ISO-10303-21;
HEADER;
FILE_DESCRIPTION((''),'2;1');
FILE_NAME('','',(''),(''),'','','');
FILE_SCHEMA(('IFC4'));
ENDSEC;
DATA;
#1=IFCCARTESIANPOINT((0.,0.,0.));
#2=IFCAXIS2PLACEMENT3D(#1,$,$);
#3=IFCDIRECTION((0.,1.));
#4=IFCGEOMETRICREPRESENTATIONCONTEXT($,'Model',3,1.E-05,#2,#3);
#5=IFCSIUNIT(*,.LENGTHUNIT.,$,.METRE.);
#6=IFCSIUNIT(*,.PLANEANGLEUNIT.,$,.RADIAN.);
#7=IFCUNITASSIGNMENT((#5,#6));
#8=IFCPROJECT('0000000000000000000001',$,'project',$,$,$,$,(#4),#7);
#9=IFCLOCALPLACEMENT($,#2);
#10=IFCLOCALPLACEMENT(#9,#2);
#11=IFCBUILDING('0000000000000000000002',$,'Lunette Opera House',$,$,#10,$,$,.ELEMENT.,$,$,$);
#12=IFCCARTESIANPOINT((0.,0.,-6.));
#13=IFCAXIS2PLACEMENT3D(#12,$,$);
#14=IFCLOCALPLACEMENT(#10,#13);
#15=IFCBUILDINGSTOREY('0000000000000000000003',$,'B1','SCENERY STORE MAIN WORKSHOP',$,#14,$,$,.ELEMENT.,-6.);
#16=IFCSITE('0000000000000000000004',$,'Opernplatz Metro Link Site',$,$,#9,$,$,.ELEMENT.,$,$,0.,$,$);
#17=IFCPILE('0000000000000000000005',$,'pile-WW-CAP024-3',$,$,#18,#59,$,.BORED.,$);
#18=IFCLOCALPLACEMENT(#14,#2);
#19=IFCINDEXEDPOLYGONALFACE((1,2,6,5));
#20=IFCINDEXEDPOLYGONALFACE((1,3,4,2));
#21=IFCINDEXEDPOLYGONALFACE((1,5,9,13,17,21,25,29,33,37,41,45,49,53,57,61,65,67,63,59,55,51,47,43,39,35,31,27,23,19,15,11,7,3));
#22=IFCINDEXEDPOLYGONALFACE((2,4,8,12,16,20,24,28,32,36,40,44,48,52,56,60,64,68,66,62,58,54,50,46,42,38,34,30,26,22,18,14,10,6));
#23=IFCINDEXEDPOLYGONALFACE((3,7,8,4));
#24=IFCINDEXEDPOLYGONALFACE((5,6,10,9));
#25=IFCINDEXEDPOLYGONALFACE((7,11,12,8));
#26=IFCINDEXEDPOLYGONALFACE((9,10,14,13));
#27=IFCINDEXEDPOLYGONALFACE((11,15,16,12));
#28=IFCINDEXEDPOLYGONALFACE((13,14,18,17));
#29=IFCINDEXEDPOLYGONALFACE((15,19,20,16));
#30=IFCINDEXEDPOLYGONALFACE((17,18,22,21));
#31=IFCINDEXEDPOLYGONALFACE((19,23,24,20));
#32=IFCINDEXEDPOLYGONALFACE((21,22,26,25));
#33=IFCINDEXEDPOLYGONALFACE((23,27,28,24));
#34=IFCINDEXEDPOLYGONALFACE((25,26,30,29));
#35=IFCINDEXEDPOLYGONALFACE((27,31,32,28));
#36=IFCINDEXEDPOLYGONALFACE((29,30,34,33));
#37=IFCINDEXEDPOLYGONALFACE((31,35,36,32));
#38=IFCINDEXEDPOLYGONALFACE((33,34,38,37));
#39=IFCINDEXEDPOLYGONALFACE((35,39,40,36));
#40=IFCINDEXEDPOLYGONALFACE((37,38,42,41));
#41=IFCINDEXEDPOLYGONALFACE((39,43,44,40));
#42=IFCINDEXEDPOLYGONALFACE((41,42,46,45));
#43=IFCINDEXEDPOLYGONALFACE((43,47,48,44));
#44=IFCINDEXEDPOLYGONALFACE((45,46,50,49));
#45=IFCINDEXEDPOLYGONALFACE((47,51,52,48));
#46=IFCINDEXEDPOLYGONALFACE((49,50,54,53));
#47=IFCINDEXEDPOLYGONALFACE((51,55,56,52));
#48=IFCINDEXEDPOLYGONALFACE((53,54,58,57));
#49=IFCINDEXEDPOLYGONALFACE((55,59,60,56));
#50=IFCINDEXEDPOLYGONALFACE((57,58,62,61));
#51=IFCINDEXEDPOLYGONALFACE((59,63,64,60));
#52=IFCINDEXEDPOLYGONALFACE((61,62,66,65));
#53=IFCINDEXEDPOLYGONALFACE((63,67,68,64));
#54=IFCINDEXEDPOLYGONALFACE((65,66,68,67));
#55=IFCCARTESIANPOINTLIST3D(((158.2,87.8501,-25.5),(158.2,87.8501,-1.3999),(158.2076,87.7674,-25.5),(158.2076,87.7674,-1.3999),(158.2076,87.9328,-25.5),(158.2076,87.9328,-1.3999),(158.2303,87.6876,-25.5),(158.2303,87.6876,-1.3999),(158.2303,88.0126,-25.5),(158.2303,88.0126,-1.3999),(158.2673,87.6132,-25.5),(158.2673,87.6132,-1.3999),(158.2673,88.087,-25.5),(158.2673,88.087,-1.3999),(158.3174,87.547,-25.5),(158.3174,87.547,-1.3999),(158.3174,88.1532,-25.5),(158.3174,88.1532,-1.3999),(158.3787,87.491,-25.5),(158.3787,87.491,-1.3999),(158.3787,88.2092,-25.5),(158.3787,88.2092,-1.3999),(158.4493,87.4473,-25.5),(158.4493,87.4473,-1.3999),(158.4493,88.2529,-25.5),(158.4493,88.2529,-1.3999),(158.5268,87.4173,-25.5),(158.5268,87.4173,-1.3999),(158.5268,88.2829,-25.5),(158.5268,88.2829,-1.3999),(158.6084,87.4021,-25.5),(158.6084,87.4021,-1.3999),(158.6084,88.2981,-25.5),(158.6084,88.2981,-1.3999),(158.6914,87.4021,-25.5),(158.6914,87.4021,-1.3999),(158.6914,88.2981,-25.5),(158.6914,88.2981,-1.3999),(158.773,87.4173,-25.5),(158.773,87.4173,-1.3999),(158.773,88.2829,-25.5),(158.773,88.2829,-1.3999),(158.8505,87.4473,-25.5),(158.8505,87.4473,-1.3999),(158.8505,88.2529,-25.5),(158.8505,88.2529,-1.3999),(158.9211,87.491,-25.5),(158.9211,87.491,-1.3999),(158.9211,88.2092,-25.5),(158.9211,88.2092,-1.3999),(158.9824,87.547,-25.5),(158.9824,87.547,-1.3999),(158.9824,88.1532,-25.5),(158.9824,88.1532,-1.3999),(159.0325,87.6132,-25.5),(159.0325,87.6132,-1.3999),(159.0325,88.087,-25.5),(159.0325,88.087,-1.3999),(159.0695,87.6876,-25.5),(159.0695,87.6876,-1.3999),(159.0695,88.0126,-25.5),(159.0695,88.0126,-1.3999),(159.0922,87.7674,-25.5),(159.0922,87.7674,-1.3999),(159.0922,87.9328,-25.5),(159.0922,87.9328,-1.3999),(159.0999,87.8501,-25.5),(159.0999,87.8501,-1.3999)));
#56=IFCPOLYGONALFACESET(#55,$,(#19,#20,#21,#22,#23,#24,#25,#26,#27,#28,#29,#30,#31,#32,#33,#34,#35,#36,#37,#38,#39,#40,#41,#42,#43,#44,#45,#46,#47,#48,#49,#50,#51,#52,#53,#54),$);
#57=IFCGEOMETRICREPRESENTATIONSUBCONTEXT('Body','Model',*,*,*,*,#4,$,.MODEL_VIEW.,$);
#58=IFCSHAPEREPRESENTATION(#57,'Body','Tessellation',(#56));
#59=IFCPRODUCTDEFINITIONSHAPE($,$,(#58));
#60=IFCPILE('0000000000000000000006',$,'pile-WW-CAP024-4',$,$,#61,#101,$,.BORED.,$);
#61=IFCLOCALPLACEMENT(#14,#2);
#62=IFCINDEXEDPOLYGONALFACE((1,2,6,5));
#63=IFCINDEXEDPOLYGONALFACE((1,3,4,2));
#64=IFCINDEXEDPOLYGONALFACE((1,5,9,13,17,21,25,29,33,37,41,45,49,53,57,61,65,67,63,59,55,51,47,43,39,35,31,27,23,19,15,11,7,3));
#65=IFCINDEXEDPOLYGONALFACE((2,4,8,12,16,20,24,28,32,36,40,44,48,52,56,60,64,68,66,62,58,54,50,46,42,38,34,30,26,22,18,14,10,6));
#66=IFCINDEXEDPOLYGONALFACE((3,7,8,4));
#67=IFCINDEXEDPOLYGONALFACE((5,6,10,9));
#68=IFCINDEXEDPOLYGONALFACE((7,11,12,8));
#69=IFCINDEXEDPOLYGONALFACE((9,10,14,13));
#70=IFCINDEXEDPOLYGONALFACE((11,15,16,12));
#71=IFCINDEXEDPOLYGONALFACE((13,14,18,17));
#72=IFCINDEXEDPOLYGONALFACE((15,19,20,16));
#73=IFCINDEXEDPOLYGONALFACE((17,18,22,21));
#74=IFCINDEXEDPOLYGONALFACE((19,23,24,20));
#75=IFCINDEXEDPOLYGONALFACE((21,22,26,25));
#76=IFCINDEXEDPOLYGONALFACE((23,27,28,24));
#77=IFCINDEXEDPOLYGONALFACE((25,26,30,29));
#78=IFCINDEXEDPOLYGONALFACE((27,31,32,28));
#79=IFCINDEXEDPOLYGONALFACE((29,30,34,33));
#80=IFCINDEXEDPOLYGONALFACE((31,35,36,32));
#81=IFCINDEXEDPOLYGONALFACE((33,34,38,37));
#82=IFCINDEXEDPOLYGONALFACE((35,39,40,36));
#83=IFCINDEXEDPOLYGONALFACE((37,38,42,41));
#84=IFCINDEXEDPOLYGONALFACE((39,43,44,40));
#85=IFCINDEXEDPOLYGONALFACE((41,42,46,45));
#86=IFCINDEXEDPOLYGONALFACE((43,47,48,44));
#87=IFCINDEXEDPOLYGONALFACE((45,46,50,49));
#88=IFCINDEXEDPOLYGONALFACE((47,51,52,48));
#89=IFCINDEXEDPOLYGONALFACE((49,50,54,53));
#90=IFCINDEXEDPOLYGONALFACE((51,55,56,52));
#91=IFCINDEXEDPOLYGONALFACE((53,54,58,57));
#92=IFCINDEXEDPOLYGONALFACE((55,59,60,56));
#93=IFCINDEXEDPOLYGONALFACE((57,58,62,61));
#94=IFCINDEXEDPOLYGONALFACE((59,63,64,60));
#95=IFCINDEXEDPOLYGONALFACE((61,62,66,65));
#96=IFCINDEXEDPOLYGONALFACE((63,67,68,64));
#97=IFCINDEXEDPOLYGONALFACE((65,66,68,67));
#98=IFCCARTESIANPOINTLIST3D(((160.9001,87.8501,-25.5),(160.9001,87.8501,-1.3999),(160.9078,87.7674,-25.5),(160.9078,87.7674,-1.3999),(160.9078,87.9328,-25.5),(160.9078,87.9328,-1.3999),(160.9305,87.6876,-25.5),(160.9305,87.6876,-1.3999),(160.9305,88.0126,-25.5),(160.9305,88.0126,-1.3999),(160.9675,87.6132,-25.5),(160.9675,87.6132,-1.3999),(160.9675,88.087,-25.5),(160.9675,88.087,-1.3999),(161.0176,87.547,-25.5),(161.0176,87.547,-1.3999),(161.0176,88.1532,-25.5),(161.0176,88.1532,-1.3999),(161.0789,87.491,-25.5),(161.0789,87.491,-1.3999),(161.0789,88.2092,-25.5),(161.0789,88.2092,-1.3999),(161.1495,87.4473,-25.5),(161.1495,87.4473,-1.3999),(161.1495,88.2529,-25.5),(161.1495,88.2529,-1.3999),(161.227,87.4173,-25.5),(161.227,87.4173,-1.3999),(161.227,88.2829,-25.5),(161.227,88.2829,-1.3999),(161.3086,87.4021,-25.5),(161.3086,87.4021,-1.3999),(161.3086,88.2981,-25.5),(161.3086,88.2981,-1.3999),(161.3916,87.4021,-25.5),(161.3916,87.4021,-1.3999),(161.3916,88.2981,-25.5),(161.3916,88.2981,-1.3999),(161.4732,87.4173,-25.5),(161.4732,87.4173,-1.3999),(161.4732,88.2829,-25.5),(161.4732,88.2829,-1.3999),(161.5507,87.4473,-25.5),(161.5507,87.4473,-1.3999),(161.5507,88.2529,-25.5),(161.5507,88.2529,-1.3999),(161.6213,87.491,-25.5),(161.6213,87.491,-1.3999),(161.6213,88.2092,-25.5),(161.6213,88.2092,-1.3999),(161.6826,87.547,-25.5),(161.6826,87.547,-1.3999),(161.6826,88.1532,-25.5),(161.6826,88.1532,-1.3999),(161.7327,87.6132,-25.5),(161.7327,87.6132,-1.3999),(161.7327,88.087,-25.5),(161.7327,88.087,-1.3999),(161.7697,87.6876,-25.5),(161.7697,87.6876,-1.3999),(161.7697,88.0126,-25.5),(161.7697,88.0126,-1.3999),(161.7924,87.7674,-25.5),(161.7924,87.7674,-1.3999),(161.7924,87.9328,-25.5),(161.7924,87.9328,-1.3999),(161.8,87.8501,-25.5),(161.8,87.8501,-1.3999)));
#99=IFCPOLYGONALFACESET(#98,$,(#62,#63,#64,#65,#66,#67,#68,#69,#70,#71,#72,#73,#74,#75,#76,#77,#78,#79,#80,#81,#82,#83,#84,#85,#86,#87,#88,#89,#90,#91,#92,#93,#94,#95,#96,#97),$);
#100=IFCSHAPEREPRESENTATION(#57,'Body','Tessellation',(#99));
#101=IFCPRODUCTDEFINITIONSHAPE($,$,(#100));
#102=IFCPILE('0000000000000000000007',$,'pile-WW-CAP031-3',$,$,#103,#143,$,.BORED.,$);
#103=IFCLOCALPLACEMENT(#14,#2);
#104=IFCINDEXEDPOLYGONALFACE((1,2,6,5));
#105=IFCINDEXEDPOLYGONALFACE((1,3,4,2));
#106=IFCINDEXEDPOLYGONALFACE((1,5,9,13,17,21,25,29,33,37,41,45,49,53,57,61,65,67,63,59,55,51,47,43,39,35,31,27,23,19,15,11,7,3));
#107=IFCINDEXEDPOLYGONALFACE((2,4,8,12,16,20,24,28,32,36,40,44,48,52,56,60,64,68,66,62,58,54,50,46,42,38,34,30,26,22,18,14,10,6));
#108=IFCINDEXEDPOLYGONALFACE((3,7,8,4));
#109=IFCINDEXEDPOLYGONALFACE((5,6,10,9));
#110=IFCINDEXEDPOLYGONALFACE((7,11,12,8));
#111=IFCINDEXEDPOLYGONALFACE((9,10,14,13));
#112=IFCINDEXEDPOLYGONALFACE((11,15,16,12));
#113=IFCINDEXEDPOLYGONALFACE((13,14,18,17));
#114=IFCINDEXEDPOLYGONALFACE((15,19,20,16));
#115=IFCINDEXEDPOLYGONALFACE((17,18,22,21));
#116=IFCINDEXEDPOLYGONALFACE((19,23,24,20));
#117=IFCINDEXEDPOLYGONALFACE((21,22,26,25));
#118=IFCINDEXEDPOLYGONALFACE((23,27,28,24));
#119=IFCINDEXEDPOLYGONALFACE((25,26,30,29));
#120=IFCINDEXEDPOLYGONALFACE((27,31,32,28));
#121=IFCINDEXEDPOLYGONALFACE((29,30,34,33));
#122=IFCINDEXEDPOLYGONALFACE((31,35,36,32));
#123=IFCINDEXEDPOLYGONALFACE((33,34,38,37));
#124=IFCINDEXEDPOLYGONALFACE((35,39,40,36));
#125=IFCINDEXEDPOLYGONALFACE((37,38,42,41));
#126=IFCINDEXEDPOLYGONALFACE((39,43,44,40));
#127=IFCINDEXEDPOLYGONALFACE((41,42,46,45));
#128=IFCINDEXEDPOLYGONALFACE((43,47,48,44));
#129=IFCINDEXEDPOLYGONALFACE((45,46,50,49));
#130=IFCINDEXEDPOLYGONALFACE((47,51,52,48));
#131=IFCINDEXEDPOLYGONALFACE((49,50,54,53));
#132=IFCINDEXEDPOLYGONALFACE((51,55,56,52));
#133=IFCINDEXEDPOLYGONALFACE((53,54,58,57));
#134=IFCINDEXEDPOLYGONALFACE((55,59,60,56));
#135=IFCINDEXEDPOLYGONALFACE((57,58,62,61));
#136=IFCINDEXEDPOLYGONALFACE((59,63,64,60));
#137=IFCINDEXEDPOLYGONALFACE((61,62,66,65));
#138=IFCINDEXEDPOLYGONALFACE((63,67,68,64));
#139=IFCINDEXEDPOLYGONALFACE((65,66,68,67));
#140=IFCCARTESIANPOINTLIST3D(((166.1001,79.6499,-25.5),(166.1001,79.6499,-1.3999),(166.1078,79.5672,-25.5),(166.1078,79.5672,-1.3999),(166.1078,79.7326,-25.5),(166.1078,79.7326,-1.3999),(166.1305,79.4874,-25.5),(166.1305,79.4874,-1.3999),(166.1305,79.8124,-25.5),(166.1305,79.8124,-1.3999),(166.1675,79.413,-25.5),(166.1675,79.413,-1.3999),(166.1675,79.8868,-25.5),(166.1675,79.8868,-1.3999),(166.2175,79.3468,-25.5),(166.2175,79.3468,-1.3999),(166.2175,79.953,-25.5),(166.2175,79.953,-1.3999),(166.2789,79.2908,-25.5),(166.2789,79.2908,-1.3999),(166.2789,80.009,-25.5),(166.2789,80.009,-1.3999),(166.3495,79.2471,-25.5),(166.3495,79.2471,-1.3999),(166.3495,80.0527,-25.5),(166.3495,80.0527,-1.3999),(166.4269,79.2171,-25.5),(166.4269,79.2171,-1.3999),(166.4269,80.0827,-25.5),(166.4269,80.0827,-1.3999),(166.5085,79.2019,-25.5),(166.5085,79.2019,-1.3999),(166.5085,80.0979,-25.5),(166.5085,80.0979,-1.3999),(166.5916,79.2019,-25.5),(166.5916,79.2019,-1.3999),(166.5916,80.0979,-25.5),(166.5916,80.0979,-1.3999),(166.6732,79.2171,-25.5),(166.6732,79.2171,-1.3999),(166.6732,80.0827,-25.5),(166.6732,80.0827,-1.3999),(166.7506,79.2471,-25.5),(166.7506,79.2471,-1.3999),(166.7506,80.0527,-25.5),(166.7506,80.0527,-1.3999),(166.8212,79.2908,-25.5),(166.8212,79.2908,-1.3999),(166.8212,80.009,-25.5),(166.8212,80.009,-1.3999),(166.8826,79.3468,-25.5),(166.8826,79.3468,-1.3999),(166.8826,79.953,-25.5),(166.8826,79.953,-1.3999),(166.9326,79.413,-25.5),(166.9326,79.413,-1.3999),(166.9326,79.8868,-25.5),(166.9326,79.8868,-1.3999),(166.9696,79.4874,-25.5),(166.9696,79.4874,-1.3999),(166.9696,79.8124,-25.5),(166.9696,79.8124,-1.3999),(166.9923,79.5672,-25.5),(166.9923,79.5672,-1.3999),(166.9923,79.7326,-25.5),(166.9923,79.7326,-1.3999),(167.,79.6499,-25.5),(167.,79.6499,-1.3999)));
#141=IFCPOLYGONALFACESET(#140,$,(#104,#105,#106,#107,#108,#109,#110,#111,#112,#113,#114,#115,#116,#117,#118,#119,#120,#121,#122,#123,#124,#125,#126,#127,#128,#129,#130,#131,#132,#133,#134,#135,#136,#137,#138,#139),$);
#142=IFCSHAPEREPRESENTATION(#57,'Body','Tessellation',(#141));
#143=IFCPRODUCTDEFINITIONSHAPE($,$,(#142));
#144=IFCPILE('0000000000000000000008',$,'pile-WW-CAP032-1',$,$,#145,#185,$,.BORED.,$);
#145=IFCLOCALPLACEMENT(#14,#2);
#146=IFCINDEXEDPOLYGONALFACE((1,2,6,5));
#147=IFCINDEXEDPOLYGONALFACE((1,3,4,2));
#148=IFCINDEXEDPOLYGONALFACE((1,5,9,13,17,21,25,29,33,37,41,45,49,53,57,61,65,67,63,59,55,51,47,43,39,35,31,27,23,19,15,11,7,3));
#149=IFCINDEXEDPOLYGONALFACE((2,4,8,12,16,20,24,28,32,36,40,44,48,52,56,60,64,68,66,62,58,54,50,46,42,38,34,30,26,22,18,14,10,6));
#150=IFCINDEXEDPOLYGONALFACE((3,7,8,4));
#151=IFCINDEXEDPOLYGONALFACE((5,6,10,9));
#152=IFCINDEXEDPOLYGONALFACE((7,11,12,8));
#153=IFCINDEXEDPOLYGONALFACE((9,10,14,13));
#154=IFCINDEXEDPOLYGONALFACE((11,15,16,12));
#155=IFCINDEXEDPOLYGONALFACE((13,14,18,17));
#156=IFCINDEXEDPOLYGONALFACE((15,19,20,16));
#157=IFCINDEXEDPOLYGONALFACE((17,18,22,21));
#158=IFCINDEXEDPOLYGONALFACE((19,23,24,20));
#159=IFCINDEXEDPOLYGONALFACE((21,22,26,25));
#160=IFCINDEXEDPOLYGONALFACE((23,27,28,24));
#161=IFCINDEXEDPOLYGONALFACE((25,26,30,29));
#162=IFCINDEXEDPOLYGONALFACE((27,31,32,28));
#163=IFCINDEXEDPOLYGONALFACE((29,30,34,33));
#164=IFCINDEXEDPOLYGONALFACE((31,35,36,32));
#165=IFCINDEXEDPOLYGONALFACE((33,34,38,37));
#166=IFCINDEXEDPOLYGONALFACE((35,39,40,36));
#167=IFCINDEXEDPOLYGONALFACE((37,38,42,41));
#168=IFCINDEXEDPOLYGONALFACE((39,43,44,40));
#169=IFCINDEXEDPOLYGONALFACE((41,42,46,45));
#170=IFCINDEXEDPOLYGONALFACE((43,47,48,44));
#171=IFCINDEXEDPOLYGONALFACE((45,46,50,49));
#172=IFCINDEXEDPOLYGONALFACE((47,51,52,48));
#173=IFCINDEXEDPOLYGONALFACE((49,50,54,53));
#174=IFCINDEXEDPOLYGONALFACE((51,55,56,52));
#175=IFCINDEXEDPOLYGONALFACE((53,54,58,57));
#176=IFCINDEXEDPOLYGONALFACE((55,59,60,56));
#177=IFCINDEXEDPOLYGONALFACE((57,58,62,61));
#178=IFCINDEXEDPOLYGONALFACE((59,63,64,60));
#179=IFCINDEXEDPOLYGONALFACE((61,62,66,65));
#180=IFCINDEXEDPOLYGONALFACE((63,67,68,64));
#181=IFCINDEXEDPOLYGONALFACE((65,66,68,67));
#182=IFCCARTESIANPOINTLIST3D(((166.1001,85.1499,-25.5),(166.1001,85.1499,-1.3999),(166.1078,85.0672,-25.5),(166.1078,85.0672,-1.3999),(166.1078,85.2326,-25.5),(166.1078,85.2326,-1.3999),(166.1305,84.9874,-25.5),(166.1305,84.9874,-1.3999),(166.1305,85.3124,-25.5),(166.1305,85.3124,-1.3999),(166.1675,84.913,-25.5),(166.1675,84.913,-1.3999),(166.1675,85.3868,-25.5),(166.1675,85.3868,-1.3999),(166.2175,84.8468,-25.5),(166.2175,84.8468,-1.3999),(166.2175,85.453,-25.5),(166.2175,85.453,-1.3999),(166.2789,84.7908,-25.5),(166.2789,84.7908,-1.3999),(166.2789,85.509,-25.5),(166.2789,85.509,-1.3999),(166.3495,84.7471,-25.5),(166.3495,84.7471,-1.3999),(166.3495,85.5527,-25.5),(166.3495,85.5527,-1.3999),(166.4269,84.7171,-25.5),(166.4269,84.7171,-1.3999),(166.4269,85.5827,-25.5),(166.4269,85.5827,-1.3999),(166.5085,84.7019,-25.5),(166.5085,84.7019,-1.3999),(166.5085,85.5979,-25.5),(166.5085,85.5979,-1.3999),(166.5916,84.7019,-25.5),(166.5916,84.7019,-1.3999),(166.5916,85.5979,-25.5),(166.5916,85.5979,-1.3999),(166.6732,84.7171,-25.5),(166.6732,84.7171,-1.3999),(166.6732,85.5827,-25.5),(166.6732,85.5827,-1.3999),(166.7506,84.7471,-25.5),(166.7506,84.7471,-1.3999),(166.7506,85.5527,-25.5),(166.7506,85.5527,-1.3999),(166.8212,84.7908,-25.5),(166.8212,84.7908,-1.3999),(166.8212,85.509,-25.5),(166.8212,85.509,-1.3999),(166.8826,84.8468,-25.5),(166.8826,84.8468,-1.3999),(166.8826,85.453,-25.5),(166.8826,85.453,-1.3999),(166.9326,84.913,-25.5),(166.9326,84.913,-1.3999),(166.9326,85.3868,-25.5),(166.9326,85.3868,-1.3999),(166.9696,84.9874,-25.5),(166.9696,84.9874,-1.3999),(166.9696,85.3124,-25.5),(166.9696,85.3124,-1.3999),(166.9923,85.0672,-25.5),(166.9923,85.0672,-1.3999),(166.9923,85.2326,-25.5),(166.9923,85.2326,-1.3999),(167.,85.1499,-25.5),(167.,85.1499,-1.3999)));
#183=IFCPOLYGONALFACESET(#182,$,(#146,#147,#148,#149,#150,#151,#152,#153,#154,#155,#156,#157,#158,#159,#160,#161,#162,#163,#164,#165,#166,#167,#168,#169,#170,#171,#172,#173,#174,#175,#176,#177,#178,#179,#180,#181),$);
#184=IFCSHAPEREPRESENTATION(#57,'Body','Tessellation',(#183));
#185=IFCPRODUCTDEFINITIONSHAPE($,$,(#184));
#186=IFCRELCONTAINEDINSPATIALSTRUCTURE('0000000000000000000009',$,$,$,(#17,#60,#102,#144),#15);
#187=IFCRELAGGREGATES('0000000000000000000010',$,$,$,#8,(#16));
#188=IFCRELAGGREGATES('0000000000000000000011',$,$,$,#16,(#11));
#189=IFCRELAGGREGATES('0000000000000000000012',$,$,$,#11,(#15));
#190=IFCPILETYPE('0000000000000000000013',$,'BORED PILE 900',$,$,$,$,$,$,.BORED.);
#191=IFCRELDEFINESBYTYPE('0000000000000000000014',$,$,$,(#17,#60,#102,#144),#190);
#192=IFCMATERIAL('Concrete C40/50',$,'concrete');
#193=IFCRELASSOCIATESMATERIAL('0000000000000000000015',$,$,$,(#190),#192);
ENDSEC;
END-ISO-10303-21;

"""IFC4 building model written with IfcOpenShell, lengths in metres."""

from ifc_helpers import new_model, si_unit, direction, frame, origin, origin_2d, place, context, subcontext, project, spatial, circle, extrude, material, material_profile, profile_set, type_object, element, save


model = new_model("IFC4")

# Units and contexts
model_context = context("Model", 3, precision=1e-05, world=origin(), true_north=direction((0.0, 1.0)))
body_context = subcontext(model_context, "Body", "Model", "MODEL_VIEW")
ifc_project = project(units=[si_unit("LENGTHUNIT", "METRE"), si_unit("PLANEANGLEUNIT", "RADIAN")], contexts=[model_context])

# Site, building, storey
site_placement = place(None, origin())
site = spatial("IfcSite", under=ifc_project, at=site_placement, Name="Opernplatz Metro Link Site", CompositionType="ELEMENT", RefElevation=0.0)
building_placement = place(site_placement, origin())
building = spatial("IfcBuilding", under=site, at=building_placement, Name="Lunette Opera House", CompositionType="ELEMENT")
storey_placement = place(building_placement, frame((0.0, 0.0, -6.0)))
storey = spatial("IfcBuildingStorey", under=building, at=storey_placement, Name="B1", Description="SCENERY STORE MAIN WORKSHOP", CompositionType="ELEMENT", Elevation=-6.0)

# Piles
ifc_material_1 = material(Name="Concrete C40/50", Category="concrete")
ifc_material_profile_1 = material_profile(ifc_material_1, circle(Radius=0.45, at=origin_2d()), Name="BORED PILE 900")
ifc_profile_set_1 = profile_set([ifc_material_profile_1], Name="Concrete C40/50")
pile_type = type_object("IfcPileType", Name="BORED PILE 900", PredefinedType="BORED", material=ifc_profile_set_1)
for number, where, z_axis, x_axis, name in (
    (1, (158.6499, 87.8501, -1.3999), (0.0, 0.0, -1.0), (1.0, 0.0, 0.0), "pile-WW-CAP024-3"),
    (2, (161.3501, 87.8501, -1.3999), (0.0, 0.0, -1.0), (1.0, 0.0, 0.0), "pile-WW-CAP024-4"),
    (3, (166.55, 79.6499, -1.3999), (0.0, 0.0, -1.0), (1.0, 0.0, 0.0), "pile-WW-CAP031-3"),
    (4, (166.55, 85.1499, -1.3999), (0.0, 0.0, -1.0), (1.0, 0.0, 0.0), "pile-WW-CAP032-1"),
):
    element("IfcPile", number, at=place(storey_placement, frame(where, z_axis=z_axis, x_axis=x_axis)), inside=storey, type_object=pile_type, Name=name, PredefinedType="BORED", context=body_context, shape_type="SweptSolid", body=[
        extrude(circle(Radius=0.45, at=origin_2d()), origin(), (0.0, 0.0, 1.0), 24.1001),
    ])

save(model, "model.ifc")
